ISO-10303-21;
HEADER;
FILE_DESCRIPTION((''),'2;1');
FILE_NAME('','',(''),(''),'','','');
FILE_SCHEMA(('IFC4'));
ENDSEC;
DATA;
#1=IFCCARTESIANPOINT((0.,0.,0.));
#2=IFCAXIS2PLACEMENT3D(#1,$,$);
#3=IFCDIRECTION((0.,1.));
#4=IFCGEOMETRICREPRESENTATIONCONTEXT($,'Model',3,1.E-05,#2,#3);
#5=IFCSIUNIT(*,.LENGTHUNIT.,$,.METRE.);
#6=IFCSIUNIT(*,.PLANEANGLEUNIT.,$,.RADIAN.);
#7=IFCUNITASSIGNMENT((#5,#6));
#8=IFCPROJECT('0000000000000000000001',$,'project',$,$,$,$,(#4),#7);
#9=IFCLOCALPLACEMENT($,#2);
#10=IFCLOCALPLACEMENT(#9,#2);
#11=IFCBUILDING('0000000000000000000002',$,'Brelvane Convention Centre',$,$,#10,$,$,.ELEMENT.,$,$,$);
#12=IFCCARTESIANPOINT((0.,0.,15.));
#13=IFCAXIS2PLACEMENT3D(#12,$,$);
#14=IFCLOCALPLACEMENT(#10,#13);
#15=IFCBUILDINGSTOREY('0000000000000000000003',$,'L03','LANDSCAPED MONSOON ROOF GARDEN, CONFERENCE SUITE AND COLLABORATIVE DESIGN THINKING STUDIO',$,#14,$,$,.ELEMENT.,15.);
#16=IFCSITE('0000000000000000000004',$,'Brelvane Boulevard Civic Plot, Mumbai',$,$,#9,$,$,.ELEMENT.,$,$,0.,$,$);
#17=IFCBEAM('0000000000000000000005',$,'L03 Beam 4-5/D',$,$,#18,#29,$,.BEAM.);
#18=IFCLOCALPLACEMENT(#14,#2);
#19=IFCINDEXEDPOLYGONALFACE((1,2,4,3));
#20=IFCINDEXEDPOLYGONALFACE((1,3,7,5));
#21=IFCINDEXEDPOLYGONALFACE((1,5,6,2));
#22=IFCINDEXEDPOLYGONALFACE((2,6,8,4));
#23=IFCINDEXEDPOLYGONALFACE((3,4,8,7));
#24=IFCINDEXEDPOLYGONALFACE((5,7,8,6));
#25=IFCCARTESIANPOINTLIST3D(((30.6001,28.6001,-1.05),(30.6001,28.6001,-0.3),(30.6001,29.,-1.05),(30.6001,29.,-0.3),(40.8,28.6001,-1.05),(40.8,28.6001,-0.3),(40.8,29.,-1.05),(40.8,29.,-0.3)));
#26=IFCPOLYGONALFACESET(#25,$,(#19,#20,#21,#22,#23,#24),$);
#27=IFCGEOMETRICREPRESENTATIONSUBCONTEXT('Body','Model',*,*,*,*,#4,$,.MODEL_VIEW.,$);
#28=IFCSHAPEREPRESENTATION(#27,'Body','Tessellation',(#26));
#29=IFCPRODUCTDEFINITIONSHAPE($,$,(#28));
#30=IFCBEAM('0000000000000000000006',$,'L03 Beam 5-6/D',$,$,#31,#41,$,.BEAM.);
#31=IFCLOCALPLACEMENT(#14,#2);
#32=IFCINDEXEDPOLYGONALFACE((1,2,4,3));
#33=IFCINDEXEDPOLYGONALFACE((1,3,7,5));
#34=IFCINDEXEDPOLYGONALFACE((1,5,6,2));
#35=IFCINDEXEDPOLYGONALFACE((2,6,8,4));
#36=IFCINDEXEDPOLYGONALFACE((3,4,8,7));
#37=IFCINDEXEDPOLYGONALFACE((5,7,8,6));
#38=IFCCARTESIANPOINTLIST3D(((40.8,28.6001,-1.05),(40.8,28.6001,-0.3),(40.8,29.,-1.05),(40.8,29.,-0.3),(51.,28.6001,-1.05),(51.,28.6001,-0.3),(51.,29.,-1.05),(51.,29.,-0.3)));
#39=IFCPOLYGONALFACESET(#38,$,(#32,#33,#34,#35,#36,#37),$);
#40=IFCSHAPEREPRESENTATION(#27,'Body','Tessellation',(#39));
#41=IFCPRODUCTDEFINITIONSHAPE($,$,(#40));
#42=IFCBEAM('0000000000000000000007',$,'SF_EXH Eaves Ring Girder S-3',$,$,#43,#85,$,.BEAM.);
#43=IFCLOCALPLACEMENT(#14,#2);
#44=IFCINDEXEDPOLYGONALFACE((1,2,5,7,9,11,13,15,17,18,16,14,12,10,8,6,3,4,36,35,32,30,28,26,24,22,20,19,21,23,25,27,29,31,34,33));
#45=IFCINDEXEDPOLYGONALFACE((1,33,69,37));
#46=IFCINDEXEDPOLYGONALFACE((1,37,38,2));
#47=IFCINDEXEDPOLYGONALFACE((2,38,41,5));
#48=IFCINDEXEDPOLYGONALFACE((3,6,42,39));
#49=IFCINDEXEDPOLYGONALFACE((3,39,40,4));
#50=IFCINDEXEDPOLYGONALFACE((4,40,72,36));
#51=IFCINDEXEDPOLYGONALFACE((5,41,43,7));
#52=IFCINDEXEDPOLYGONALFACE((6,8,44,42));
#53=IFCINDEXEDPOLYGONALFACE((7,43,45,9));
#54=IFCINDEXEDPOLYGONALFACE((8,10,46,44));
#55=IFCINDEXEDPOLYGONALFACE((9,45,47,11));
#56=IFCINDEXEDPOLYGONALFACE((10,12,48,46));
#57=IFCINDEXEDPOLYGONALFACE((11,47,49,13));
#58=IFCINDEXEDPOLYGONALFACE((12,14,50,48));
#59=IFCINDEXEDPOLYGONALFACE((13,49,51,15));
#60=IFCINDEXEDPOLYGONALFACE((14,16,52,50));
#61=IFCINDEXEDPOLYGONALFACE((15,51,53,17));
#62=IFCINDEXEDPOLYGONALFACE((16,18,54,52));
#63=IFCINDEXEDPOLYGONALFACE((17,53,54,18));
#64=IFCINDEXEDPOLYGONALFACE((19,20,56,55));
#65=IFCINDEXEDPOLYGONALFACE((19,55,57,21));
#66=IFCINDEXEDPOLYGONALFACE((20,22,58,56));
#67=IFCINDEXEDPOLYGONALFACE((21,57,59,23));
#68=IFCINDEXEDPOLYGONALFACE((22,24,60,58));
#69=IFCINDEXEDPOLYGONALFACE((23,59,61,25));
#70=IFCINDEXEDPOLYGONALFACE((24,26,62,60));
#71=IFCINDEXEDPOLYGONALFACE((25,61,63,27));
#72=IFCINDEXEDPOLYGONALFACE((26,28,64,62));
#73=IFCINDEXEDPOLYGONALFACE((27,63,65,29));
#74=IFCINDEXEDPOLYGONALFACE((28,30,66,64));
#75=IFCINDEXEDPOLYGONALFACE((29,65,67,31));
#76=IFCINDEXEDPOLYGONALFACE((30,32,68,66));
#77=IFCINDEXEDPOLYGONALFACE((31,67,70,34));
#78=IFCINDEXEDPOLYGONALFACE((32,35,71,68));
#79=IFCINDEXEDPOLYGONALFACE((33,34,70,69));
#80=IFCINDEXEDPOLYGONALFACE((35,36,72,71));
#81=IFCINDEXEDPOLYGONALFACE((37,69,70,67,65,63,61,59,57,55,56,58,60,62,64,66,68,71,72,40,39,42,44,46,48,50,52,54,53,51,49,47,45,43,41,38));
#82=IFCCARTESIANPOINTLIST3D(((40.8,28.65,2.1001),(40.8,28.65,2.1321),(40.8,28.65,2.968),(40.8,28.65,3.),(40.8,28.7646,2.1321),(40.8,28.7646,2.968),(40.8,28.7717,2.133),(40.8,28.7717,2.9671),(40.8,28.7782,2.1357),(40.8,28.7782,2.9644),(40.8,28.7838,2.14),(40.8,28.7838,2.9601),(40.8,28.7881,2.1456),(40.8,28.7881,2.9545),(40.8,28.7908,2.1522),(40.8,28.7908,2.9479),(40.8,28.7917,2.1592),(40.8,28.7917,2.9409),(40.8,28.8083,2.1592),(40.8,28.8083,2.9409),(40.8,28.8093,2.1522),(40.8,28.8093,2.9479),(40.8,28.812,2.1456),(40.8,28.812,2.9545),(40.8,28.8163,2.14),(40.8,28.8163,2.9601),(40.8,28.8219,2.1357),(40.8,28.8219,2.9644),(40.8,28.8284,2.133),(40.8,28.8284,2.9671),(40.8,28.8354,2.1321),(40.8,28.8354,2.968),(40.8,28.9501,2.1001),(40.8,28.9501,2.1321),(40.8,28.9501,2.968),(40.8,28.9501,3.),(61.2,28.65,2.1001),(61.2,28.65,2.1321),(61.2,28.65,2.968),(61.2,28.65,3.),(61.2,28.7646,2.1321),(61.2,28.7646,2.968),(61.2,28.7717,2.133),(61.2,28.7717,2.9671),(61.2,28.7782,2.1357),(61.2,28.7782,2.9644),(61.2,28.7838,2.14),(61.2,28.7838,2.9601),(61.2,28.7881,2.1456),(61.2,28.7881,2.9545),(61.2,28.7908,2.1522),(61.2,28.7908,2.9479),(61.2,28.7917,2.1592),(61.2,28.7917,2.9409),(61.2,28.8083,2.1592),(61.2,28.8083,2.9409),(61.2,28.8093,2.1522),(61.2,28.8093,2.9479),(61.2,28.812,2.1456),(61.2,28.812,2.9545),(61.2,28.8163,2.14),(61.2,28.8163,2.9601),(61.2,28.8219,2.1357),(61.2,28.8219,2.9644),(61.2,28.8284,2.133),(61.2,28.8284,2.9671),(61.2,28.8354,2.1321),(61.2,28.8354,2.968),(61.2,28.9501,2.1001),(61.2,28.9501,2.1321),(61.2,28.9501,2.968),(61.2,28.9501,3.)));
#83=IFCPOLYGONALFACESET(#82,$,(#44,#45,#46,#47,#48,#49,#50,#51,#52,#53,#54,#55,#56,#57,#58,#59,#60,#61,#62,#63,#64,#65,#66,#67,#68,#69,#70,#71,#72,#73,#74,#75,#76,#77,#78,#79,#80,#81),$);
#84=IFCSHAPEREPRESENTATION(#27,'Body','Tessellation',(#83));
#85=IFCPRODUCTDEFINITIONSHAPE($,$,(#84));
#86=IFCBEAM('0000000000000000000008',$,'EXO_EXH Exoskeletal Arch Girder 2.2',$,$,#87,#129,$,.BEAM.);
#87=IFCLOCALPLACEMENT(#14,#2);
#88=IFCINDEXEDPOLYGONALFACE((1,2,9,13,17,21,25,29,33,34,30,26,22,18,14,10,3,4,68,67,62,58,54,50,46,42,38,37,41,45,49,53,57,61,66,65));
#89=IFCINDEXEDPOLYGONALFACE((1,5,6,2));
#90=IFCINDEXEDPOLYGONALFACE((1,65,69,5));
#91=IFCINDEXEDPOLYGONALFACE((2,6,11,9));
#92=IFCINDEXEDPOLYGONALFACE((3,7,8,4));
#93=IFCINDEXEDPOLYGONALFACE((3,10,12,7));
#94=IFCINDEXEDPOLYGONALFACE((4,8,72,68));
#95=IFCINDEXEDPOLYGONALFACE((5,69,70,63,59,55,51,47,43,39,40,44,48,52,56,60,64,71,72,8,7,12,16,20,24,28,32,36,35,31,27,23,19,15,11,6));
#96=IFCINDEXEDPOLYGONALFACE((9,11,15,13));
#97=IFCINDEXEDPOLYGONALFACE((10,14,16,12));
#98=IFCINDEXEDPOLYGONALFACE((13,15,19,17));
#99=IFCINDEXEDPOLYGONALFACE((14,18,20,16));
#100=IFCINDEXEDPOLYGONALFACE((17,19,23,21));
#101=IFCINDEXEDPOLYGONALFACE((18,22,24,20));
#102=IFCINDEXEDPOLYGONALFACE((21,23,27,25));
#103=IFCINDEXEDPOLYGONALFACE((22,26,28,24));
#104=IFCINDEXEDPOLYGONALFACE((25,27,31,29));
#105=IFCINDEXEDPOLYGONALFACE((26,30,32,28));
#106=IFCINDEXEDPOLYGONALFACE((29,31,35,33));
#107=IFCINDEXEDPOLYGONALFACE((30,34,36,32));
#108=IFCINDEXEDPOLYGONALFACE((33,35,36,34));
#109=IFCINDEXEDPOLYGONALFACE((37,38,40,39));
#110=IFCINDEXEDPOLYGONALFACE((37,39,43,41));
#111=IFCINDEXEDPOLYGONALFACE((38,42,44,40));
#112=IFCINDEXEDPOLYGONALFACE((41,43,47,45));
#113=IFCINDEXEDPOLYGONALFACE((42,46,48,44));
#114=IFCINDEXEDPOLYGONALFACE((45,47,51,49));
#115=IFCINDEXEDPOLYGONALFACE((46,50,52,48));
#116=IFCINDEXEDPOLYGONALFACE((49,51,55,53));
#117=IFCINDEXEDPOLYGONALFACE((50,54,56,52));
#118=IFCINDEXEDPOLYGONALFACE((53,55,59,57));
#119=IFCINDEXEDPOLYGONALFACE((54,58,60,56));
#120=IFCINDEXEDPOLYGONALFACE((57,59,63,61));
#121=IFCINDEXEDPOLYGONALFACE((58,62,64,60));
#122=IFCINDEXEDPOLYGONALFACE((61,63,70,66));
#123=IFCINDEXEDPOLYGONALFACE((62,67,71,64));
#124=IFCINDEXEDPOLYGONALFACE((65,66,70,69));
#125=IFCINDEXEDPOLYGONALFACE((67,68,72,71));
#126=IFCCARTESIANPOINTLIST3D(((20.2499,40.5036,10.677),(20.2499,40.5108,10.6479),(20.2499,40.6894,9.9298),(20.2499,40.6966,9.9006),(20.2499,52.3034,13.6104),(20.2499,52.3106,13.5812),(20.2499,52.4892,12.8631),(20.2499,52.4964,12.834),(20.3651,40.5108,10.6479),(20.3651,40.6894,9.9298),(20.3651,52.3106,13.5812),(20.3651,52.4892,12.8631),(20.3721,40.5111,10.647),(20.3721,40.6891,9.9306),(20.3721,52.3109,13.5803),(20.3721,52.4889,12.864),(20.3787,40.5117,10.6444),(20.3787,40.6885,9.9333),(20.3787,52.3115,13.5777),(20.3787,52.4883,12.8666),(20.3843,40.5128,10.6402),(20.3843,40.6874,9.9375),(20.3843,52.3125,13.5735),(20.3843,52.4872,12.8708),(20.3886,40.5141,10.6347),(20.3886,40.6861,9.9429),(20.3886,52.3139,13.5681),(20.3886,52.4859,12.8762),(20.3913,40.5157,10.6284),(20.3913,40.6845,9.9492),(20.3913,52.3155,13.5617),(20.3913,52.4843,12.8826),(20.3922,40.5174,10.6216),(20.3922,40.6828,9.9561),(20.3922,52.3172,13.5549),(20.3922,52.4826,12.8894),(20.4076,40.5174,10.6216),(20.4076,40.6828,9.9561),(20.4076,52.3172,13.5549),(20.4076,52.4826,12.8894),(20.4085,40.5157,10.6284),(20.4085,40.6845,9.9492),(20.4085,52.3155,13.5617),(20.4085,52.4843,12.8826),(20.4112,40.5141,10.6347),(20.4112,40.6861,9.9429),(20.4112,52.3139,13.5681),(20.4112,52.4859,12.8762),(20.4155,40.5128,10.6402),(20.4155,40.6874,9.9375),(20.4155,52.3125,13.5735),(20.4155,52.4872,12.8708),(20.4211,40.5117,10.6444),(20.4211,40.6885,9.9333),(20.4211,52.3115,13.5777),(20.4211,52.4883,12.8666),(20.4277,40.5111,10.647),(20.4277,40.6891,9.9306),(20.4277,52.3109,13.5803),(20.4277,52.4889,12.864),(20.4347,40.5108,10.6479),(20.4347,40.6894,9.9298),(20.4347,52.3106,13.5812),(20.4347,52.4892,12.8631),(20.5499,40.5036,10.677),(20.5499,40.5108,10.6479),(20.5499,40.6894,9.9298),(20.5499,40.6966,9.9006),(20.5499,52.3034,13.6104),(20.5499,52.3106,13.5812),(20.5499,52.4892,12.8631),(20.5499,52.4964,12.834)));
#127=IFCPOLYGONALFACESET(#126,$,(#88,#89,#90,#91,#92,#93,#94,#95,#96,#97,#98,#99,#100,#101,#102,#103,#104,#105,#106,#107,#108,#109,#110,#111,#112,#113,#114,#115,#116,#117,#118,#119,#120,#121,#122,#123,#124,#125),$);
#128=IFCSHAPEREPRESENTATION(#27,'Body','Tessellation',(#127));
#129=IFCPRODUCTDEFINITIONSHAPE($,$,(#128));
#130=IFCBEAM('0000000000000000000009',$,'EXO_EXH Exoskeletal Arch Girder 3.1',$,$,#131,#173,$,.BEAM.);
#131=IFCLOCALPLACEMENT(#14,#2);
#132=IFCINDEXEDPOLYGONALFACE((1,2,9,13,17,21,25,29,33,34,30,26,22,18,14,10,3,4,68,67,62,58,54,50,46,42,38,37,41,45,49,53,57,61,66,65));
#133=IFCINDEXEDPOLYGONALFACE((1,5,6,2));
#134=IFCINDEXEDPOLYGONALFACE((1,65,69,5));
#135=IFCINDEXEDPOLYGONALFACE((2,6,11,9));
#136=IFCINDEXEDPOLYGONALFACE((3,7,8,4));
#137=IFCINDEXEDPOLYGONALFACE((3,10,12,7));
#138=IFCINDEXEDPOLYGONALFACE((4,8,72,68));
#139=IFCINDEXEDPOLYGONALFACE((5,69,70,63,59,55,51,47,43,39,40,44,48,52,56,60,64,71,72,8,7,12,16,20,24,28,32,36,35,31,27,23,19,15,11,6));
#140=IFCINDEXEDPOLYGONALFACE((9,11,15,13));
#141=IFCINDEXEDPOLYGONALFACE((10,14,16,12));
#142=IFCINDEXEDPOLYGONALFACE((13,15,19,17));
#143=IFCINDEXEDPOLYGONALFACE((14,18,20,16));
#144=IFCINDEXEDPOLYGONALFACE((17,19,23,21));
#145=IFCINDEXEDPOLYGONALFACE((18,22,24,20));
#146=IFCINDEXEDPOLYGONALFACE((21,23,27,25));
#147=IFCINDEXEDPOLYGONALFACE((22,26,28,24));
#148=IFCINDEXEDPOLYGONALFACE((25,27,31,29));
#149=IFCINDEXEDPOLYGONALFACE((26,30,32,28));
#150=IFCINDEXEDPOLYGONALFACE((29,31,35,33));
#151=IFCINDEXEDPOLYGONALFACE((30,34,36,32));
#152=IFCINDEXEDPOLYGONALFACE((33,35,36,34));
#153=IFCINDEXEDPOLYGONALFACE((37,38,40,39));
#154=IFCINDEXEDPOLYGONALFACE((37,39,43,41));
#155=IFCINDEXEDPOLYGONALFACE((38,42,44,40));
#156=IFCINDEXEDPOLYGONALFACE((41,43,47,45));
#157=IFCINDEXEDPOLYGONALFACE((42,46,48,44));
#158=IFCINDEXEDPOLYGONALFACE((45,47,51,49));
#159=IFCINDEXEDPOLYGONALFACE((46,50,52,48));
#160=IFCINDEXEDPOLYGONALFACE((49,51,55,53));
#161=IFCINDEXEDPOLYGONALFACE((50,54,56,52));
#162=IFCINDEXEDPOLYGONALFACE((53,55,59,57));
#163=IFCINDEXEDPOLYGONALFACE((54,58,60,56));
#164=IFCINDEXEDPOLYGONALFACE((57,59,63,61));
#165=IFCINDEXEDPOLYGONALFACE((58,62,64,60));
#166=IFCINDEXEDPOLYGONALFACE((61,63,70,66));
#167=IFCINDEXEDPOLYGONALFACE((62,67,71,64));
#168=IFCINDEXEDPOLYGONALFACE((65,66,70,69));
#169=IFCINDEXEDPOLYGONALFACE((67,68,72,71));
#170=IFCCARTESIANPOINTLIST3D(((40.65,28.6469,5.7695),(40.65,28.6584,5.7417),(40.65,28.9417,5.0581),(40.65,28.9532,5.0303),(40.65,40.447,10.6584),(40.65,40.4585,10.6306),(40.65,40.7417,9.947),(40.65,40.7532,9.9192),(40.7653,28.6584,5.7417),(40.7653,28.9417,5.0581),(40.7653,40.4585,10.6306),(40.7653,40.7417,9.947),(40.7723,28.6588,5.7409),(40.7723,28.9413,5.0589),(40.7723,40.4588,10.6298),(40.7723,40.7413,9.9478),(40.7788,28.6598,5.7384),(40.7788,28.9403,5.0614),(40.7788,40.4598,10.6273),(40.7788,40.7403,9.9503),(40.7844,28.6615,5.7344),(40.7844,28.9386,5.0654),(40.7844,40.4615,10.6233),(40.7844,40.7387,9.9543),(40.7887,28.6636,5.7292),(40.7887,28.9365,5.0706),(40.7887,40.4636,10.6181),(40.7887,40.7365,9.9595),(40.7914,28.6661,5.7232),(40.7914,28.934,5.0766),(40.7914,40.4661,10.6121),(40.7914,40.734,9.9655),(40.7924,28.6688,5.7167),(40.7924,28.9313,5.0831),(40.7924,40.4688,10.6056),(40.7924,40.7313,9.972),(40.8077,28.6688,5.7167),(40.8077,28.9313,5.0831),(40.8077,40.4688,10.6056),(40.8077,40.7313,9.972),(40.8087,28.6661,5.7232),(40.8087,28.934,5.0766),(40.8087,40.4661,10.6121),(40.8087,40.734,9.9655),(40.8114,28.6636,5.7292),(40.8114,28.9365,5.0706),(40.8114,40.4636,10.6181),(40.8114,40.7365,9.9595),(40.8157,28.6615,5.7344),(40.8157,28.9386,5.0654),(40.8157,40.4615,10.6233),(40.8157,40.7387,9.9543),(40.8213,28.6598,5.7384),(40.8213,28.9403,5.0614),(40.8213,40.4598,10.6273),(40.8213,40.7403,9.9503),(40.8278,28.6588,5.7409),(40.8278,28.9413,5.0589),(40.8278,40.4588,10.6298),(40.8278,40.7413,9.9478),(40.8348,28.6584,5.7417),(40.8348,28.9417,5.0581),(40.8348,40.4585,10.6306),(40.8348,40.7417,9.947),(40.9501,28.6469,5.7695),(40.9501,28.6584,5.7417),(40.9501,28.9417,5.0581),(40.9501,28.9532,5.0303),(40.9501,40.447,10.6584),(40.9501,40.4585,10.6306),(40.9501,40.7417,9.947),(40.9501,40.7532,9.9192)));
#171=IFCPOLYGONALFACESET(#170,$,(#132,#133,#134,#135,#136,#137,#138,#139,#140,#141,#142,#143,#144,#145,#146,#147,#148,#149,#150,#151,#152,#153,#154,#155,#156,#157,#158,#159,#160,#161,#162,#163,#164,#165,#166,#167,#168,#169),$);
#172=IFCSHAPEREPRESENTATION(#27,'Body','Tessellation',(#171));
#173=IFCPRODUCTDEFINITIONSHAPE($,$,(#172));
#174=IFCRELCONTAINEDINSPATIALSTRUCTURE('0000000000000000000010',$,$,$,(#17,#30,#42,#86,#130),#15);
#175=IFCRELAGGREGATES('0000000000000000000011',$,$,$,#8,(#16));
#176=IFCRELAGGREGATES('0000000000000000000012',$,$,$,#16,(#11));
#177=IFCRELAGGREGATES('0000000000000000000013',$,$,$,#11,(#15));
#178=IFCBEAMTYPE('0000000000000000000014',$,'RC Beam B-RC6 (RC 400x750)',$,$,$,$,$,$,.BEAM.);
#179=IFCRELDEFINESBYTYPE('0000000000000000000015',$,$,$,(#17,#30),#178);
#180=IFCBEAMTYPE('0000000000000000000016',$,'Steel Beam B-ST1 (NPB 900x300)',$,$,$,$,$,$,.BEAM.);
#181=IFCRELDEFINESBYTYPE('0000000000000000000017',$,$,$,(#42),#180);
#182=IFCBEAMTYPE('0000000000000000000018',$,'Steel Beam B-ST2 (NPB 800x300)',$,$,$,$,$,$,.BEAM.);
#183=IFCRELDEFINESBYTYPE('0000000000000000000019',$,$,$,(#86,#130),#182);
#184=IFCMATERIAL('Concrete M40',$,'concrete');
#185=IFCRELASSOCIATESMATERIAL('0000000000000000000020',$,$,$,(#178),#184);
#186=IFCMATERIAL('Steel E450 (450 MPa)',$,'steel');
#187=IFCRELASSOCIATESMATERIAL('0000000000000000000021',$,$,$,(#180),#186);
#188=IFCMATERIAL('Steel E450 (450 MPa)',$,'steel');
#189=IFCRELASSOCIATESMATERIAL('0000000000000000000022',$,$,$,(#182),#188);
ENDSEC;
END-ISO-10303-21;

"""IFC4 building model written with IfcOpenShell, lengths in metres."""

from ifc_helpers import new_model, si_unit, direction, frame, origin, origin_2d, place, context, subcontext, project, spatial, rectangle, i_section, extrude, material, material_profile, profile_set, type_object, element, save


model = new_model("IFC4")

# Units and contexts
model_context = context("Model", 3, precision=1e-05, world=origin(), true_north=direction((0.0, 1.0)))
body_context = subcontext(model_context, "Body", "Model", "MODEL_VIEW")
ifc_project = project(units=[si_unit("LENGTHUNIT", "METRE"), si_unit("PLANEANGLEUNIT", "RADIAN")], contexts=[model_context])

# Site, building, storey
site_placement = place(None, origin())
site = spatial("IfcSite", under=ifc_project, at=site_placement, Name="Brelvane Boulevard Civic Plot, Mumbai", CompositionType="ELEMENT", RefElevation=0.0)
building_placement = place(site_placement, origin())
building = spatial("IfcBuilding", under=site, at=building_placement, Name="Brelvane Convention Centre", CompositionType="ELEMENT")
storey_placement = place(building_placement, frame((0.0, 0.0, 15.0)))
storey = spatial("IfcBuildingStorey", under=building, at=storey_placement, Name="L03", Description="LANDSCAPED MONSOON ROOF GARDEN, CONFERENCE SUITE AND COLLABORATIVE DESIGN THINKING STUDIO", CompositionType="ELEMENT", Elevation=15.0)

# Beams
ifc_material_1 = material(Name="Concrete M40", Category="concrete")
ifc_material_profile_1 = material_profile(ifc_material_1, rectangle(XDim=0.3999, YDim=0.75, at=origin_2d()), Name="RC 400x750")
ifc_profile_set_1 = profile_set([ifc_material_profile_1], Name="Concrete M40")
beam_type_1 = type_object("IfcBeamType", Name="RC Beam B-RC6 (RC 400x750)", PredefinedType="BEAM", material=ifc_profile_set_1)
for number, where, z_axis, x_axis, name in (
    (1, (30.6001, 28.8, -0.675), (1.0, 0.0, 0.0), (0.0, 1.0, 0.0), "L03 Beam 4-5/D"),
    (2, (40.8, 28.8, -0.675), (1.0, 0.0, 0.0), (0.0, 1.0, 0.0), "L03 Beam 5-6/D"),
):
    element("IfcBeam", number, at=place(storey_placement, frame(where, z_axis=z_axis, x_axis=x_axis)), inside=storey, type_object=beam_type_1, Name=name, PredefinedType="BEAM", context=body_context, shape_type="SweptSolid", body=[
        extrude(rectangle(XDim=0.3999, YDim=0.75, at=origin_2d()), origin(), (0.0, 0.0, 1.0), 10.2),
    ])
ifc_material_2 = material(Name="Steel E450 (450 MPa)", Category="steel")
ifc_material_profile_2 = material_profile(ifc_material_2, i_section(OverallWidth=0.3, OverallDepth=0.8999, WebThickness=0.0166, FlangeThickness=0.032, FilletRadius=0.0271, at=origin_2d()), Name="NPB 900x300")
ifc_profile_set_2 = profile_set([ifc_material_profile_2], Name="Steel E450 (450 MPa)")
beam_type_2 = type_object("IfcBeamType", Name="Steel Beam B-ST1 (NPB 900x300)", PredefinedType="BEAM", material=ifc_profile_set_2)
beam_1_placement = place(storey_placement, frame((40.8, 28.8, 2.55), z_axis=(1.0, 0.0, 0.0), x_axis=(0.0, 1.0, 0.0)))
element("IfcBeam", 3, at=beam_1_placement, inside=storey, type_object=beam_type_2, Name="SF_EXH Eaves Ring Girder S-3", PredefinedType="BEAM", context=body_context, shape_type="SweptSolid", body=[
    extrude(i_section(OverallWidth=0.3, OverallDepth=0.8999, WebThickness=0.0166, FlangeThickness=0.032, FilletRadius=0.0271, at=origin_2d()), origin(), (0.0, 0.0, 1.0), 20.3999),
])
ifc_material_3 = material(Name="Steel E450 (450 MPa)", Category="steel")
ifc_material_profile_3 = material_profile(ifc_material_3, i_section(OverallWidth=0.3, OverallDepth=0.8, WebThickness=0.0154, FlangeThickness=0.03, FilletRadius=0.0271, at=origin_2d()), Name="NPB 800x300")
ifc_profile_set_3 = profile_set([ifc_material_profile_3], Name="Steel E450 (450 MPa)")
beam_type_3 = type_object("IfcBeamType", Name="Steel Beam B-ST2 (NPB 800x300)", PredefinedType="BEAM", material=ifc_profile_set_3)
beam_2_placement = place(storey_placement, frame((20.3999, 40.6001, 10.2888), z_axis=(0.0, 0.970463, 0.24125), x_axis=(-1.0, 0.0, 0.0)))
element("IfcBeam", 4, at=beam_2_placement, inside=storey, type_object=beam_type_3, Name="EXO_EXH Exoskeletal Arch Girder 2.2", PredefinedType="BEAM", context=body_context, shape_type="SweptSolid", body=[
    extrude(i_section(OverallWidth=0.3, OverallDepth=0.8, WebThickness=0.0154, FlangeThickness=0.03, FilletRadius=0.0271, at=origin_2d()), origin(), (0.0, 0.0, 1.0), 12.1589),
])
beam_3_placement = place(storey_placement, frame((40.8, 28.8, 5.3999), z_axis=(0.0, 0.923847, 0.382762), x_axis=(-1.0, 0.0, 0.0)))
element("IfcBeam", 5, at=beam_3_placement, inside=storey, type_object=beam_type_3, Name="EXO_EXH Exoskeletal Arch Girder 3.1", PredefinedType="BEAM", context=body_context, shape_type="SweptSolid", body=[
    extrude(i_section(OverallWidth=0.3, OverallDepth=0.8, WebThickness=0.0154, FlangeThickness=0.03, FilletRadius=0.0271, at=origin_2d()), origin(), (0.0, 0.0, 1.0), 12.7727),
])

save(model, "model.ifc")
